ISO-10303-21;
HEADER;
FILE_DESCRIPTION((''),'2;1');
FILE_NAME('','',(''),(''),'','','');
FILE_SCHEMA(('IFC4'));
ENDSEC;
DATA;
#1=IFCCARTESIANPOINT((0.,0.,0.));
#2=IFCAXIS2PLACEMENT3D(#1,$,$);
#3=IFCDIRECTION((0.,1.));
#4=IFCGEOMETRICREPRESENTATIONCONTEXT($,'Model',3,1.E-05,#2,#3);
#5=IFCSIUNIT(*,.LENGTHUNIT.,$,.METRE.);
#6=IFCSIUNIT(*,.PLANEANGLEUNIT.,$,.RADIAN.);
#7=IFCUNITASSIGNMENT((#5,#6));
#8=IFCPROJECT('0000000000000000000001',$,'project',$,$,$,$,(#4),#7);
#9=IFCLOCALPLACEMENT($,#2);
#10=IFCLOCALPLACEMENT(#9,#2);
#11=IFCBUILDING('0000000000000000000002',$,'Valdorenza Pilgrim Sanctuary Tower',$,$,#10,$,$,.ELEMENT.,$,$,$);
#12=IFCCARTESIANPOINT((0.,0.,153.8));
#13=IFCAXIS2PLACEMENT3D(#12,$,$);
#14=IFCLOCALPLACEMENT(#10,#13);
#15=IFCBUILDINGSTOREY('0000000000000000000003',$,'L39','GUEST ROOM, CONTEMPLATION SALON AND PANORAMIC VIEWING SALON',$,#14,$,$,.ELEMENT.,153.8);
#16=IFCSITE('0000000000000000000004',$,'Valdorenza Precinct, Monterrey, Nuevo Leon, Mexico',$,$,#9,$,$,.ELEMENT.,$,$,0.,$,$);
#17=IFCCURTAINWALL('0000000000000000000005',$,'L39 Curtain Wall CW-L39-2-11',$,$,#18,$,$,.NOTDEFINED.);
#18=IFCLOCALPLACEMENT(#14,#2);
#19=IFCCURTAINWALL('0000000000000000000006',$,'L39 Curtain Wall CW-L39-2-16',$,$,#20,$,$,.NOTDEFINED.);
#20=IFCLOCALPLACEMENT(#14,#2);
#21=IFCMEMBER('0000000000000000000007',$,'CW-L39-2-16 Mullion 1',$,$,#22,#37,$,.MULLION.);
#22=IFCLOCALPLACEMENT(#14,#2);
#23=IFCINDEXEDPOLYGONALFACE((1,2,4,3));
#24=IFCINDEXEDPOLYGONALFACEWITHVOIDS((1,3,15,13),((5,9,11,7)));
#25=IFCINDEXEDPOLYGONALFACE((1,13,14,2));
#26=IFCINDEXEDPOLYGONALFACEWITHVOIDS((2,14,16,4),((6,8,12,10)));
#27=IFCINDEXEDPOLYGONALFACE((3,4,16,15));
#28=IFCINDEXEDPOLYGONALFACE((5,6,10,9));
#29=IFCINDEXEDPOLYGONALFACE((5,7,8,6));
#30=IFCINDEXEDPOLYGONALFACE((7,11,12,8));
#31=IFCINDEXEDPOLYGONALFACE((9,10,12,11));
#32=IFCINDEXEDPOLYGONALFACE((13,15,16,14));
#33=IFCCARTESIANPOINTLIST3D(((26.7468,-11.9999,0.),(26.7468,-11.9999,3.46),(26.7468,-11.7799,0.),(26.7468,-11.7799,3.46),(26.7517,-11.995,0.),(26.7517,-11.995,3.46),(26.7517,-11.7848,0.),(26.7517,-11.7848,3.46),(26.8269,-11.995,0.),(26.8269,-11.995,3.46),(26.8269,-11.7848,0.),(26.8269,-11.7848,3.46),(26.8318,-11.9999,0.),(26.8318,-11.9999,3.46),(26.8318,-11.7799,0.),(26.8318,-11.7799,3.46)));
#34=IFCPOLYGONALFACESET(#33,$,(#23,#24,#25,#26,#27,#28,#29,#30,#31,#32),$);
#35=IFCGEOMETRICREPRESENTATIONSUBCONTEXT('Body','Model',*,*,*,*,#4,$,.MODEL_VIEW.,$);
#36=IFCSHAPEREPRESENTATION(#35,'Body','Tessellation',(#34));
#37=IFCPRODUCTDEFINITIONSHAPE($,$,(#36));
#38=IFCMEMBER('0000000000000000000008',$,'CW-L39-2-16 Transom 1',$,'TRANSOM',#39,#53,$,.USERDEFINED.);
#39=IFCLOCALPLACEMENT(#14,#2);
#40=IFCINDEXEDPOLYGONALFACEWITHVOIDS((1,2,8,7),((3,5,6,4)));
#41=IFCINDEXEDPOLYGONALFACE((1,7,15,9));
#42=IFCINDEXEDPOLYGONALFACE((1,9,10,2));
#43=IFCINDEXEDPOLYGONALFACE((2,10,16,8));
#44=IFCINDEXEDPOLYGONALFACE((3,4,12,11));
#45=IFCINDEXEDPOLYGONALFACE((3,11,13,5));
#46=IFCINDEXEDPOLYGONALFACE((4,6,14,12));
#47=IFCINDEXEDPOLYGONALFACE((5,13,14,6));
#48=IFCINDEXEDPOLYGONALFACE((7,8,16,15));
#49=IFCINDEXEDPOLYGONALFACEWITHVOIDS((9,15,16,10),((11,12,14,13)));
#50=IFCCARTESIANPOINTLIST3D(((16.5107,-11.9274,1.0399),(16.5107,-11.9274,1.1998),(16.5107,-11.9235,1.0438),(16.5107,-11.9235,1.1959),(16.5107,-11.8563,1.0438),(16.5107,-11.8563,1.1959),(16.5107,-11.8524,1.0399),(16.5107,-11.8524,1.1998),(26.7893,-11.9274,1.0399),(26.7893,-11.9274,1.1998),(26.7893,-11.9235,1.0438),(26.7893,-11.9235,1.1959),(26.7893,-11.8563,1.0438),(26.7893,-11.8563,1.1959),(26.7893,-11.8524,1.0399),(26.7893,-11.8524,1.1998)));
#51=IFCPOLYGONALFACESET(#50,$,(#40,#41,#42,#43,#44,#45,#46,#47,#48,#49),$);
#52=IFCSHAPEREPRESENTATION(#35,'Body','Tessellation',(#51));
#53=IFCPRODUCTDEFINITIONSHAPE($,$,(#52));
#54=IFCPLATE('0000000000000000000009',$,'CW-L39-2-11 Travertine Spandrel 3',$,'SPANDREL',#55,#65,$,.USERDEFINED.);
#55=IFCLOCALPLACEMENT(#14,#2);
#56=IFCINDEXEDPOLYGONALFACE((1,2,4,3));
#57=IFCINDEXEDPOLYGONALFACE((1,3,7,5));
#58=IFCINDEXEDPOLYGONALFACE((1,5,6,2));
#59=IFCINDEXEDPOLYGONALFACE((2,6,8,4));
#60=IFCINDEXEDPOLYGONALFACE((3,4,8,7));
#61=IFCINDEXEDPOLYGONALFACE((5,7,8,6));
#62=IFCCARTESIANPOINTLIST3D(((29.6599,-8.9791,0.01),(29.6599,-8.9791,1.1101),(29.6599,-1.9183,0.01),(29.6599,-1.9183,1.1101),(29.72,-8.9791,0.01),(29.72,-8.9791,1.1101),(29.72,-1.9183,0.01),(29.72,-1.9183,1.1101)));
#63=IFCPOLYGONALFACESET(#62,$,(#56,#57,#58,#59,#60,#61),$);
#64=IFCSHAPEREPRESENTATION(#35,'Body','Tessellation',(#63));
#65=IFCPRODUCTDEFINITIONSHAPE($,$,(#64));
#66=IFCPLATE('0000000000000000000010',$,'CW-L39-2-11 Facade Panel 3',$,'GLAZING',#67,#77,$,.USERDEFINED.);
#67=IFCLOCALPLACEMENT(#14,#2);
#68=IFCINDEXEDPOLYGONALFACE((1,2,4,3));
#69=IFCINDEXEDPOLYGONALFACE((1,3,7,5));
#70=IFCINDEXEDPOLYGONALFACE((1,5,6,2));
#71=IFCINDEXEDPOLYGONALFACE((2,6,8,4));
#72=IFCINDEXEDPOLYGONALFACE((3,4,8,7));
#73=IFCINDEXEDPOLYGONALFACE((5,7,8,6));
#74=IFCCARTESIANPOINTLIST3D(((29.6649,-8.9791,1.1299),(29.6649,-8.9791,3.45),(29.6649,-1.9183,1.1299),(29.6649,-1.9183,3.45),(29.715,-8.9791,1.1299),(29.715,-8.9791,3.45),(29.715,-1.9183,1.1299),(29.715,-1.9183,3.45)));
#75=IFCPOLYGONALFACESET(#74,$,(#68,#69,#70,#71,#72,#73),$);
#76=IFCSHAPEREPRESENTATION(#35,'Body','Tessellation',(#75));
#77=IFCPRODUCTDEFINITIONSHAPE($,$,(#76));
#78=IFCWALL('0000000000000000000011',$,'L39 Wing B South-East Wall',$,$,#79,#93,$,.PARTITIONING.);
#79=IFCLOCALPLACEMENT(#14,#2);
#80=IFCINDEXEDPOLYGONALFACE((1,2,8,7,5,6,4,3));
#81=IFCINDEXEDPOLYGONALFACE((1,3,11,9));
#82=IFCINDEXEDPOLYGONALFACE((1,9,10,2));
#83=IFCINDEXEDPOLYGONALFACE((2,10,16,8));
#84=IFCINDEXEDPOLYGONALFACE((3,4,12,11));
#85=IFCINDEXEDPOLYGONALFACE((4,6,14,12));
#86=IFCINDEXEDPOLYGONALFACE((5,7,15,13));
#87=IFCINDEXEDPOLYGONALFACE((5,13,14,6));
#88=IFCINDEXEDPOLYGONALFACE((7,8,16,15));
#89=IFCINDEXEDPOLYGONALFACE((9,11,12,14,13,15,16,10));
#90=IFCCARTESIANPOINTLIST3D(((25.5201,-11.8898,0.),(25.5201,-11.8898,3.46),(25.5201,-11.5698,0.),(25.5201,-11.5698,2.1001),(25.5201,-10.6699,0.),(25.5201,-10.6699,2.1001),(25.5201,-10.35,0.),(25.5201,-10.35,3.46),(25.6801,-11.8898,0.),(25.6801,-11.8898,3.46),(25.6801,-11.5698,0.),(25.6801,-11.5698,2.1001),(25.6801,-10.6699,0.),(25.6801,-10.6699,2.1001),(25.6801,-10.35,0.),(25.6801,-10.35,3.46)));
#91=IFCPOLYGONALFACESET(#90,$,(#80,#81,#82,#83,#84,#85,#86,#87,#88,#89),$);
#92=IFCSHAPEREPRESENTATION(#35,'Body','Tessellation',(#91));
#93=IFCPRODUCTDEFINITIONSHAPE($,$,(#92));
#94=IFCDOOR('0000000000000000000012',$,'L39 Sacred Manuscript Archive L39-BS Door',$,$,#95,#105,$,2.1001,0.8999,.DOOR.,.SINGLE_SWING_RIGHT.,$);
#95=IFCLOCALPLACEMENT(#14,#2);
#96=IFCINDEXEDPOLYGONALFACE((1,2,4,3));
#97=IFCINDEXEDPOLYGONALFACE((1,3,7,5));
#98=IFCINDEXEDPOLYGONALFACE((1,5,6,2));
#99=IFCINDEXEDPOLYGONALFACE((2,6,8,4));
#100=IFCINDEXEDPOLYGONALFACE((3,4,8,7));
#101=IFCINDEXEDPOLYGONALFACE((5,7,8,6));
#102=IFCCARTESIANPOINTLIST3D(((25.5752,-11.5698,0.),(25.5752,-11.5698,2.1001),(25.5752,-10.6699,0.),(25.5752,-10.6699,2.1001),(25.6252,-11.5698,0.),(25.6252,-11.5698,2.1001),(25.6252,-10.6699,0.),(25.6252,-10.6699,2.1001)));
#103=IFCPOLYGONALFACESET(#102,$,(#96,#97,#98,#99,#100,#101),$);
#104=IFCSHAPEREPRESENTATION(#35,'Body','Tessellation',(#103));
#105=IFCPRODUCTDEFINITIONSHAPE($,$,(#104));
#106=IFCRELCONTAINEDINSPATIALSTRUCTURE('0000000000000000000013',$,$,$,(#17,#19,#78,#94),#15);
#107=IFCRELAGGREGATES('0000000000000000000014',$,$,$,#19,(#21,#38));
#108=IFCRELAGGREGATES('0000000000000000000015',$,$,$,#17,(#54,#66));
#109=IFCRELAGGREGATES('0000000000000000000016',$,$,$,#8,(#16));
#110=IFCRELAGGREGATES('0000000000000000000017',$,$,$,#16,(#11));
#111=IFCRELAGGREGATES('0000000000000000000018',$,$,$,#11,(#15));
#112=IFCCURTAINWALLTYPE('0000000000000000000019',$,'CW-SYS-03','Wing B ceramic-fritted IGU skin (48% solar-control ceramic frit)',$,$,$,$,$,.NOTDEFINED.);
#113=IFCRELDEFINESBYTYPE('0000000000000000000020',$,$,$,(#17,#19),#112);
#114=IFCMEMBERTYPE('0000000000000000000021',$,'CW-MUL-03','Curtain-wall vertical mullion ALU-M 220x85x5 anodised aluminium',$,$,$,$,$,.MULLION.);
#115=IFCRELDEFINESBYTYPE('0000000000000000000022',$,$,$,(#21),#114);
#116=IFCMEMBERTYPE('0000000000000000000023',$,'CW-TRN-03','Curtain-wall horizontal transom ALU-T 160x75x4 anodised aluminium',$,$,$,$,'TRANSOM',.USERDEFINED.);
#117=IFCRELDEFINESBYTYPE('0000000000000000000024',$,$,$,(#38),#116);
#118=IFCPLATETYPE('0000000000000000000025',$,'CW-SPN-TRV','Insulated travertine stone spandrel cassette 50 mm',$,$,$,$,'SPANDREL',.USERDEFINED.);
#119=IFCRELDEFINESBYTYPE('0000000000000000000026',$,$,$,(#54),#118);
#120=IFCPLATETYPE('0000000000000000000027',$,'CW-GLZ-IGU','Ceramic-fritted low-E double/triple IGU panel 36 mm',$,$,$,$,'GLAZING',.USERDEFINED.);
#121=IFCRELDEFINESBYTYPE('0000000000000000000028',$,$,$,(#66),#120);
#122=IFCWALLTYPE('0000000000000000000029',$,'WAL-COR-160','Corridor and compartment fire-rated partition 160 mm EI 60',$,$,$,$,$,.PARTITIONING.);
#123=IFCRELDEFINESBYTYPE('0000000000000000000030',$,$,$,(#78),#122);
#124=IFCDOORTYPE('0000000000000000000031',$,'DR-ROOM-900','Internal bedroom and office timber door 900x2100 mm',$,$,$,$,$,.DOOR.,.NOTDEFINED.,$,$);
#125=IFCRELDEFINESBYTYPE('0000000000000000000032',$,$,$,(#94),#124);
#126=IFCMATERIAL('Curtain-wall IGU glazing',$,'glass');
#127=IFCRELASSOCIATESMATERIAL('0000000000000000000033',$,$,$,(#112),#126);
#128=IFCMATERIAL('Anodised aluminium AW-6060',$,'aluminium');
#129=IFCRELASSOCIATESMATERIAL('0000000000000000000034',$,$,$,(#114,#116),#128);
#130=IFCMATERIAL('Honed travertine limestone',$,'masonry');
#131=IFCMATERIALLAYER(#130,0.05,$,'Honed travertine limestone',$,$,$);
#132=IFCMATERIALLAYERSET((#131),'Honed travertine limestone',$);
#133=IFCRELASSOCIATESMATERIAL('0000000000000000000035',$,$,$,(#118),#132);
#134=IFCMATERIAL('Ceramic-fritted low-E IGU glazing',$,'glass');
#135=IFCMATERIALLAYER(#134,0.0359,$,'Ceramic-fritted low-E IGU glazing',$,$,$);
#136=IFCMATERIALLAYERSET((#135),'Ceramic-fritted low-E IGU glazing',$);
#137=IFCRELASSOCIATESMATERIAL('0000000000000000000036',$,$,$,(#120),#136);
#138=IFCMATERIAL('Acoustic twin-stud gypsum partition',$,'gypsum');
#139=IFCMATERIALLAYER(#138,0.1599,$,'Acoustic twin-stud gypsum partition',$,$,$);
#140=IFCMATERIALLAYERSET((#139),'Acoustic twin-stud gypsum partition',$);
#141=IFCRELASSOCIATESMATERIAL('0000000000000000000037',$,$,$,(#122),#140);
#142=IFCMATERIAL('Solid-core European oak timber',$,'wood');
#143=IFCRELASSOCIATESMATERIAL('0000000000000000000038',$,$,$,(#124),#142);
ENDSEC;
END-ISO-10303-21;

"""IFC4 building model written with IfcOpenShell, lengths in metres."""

from ifc_helpers import new_model, si_unit, direction, frame, frame_2d, origin, origin_2d, place, context, subcontext, project, spatial, rectangle, hollow_rectangle, extrude, source, transform, mapped, material, layer, layer_set, material_profile, profile_set, type_object, element, fill, aggregate, save


model = new_model("IFC4")

# Units and contexts
model_context = context("Model", 3, precision=1e-05, world=origin(), true_north=direction((0.0, 1.0)))
body_context = subcontext(model_context, "Body", "Model", "MODEL_VIEW")
ifc_project = project(units=[si_unit("LENGTHUNIT", "METRE"), si_unit("PLANEANGLEUNIT", "RADIAN")], contexts=[model_context])

# Site, building, storey
site_placement = place(None, origin())
site = spatial("IfcSite", under=ifc_project, at=site_placement, Name="Valdorenza Precinct, Monterrey, Nuevo Leon, Mexico", CompositionType="ELEMENT", RefElevation=0.0)
building_placement = place(site_placement, origin())
building = spatial("IfcBuilding", under=site, at=building_placement, Name="Valdorenza Pilgrim Sanctuary Tower", CompositionType="ELEMENT")
storey_placement = place(building_placement, frame((0.0, 0.0, 153.8)))
storey = spatial("IfcBuildingStorey", under=building, at=storey_placement, Name="L39", Description="GUEST ROOM, CONTEMPLATION SALON AND PANORAMIC VIEWING SALON", CompositionType="ELEMENT", Elevation=153.8)

# Curtain walls, members
ifc_material_1 = material(Name="Curtain-wall IGU glazing", Category="glass")
curtain_wall_type = type_object("IfcCurtainWallType", Name="CW-SYS-03", Description="Wing B ceramic-fritted IGU skin (48% solar-control ceramic frit)", PredefinedType="NOTDEFINED", material=ifc_material_1)
curtain_wall_1_placement = place(storey_placement, origin())
curtain_wall_1 = element("IfcCurtainWall", 1, at=curtain_wall_1_placement, inside=storey, type_object=curtain_wall_type, Name="L39 Curtain Wall CW-L39-2-11", PredefinedType="NOTDEFINED")
ifc_material_2 = material(Name="Anodised aluminium AW-6060", Category="aluminium")
ifc_material_profile_1 = material_profile(ifc_material_2, hollow_rectangle(XDim=0.085, YDim=0.22, WallThickness=0.0049, at=origin_2d()), Name="ALU-M 220x85x5")
ifc_profile_set_1 = profile_set([ifc_material_profile_1], Name="Anodised aluminium AW-6060")
member_type_1 = type_object("IfcMemberType", Name="CW-MUL-03", Description="Curtain-wall vertical mullion ALU-M 220x85x5 anodised aluminium", PredefinedType="MULLION", material=ifc_profile_set_1)
shared_shape_1 = source(origin(), body_context, "Body", "SweptSolid", [
    extrude(hollow_rectangle(XDim=0.085, YDim=0.22, WallThickness=0.0049, at=origin_2d()), origin(), (0.0, 0.0, 1.0), 3.46),
])
curtain_wall_2_placement = place(storey_placement, origin())
curtain_wall_2 = element("IfcCurtainWall", 2, at=curtain_wall_2_placement, inside=storey, type_object=curtain_wall_type, Name="L39 Curtain Wall CW-L39-2-16", PredefinedType="NOTDEFINED")
member_1_placement = place(storey_placement, frame((26.7893, -11.8899, 0.0), z_axis=(0.0, 0.0, 1.0), x_axis=(-1.0, 0.0, 0.0)))
member_1 = element("IfcMember", 3, at=member_1_placement, type_object=member_type_1, Name="CW-L39-2-16 Mullion 1", PredefinedType="MULLION", context=body_context, shape_type="MappedRepresentation", body=[
    mapped(shared_shape_1, transform((0.0, 0.0, 0.0), x_axis=(1.0, 0.0, 0.0), y_axis=(0.0, 1.0, 0.0), z_axis=(0.0, 0.0, 1.0), scale=1.0)),
])
ifc_material_profile_2 = material_profile(ifc_material_2, hollow_rectangle(XDim=0.075, YDim=0.1599, WallThickness=0.0039, at=origin_2d()), Name="ALU-T 160x75x4")
ifc_profile_set_2 = profile_set([ifc_material_profile_2], Name="Anodised aluminium AW-6060")
member_type_2 = type_object("IfcMemberType", Name="CW-TRN-03", Description="Curtain-wall horizontal transom ALU-T 160x75x4 anodised aluminium", ElementType="TRANSOM", PredefinedType="USERDEFINED", material=ifc_profile_set_2)
shared_shape_2 = source(origin(), body_context, "Body", "SweptSolid", [
    extrude(hollow_rectangle(XDim=0.075, YDim=0.1599, WallThickness=0.0039, at=origin_2d()), origin(), (0.0, 0.0, 1.0), 10.2786),
])
member_2_placement = place(storey_placement, frame((26.7893, -11.8899, 1.1199), z_axis=(-1.0, 0.0, 0.0), x_axis=(0.0, -1.0, 0.0)))
member_2 = element("IfcMember", 4, at=member_2_placement, type_object=member_type_2, Name="CW-L39-2-16 Transom 1", ObjectType="TRANSOM", PredefinedType="USERDEFINED", context=body_context, shape_type="MappedRepresentation", body=[
    mapped(shared_shape_2, transform((0.0, 0.0, 0.0), x_axis=(1.0, 0.0, 0.0), y_axis=(0.0, 1.0, 0.0), z_axis=(0.0, 0.0, 1.0), scale=1.0)),
])
aggregate(curtain_wall_2, [member_1, member_2])

# Plates
ifc_material_3 = material(Name="Honed travertine limestone", Category="masonry")
ifc_layer_1 = layer(ifc_material_3, 0.05, Name="Honed travertine limestone")
ifc_layer_set_1 = layer_set([ifc_layer_1], Name="Honed travertine limestone")
plate_type_1 = type_object("IfcPlateType", Name="CW-SPN-TRV", Description="Insulated travertine stone spandrel cassette 50 mm", ElementType="SPANDREL", PredefinedType="USERDEFINED", material=ifc_layer_set_1)
shared_shape_3 = source(origin(), body_context, "Body", "SweptSolid", [
    extrude(rectangle(XDim=7.0608, YDim=0.0601, at=origin_2d()), origin(), (0.0, 0.0, 1.0), 1.1001),
])
plate_1_placement = place(storey_placement, frame((29.6899, -5.4487, 0.01), z_axis=(0.0, 0.0, 1.0), x_axis=(0.0, -1.0, 0.0)))
plate_1 = element("IfcPlate", 5, at=plate_1_placement, type_object=plate_type_1, Name="CW-L39-2-11 Travertine Spandrel 3", ObjectType="SPANDREL", PredefinedType="USERDEFINED", context=body_context, shape_type="MappedRepresentation", body=[
    mapped(shared_shape_3, transform((0.0, 0.0, 0.0), x_axis=(1.0, 0.0, 0.0), y_axis=(0.0, 1.0, 0.0), z_axis=(0.0, 0.0, 1.0), scale=1.0)),
])
ifc_material_4 = material(Name="Ceramic-fritted low-E IGU glazing", Category="glass")
ifc_layer_2 = layer(ifc_material_4, 0.0359, Name="Ceramic-fritted low-E IGU glazing")
ifc_layer_set_2 = layer_set([ifc_layer_2], Name="Ceramic-fritted low-E IGU glazing")
plate_type_2 = type_object("IfcPlateType", Name="CW-GLZ-IGU", Description="Ceramic-fritted low-E double/triple IGU panel 36 mm", ElementType="GLAZING", PredefinedType="USERDEFINED", material=ifc_layer_set_2)
shared_shape_4 = source(origin(), body_context, "Body", "SweptSolid", [
    extrude(rectangle(XDim=7.0608, YDim=0.05, at=origin_2d()), origin(), (0.0, 0.0, 1.0), 2.3201),
])
plate_2_placement = place(storey_placement, frame((29.6899, -5.4487, 1.1299), z_axis=(0.0, 0.0, 1.0), x_axis=(0.0, -1.0, 0.0)))
plate_2 = element("IfcPlate", 6, at=plate_2_placement, type_object=plate_type_2, Name="CW-L39-2-11 Facade Panel 3", ObjectType="GLAZING", PredefinedType="USERDEFINED", context=body_context, shape_type="MappedRepresentation", body=[
    mapped(shared_shape_4, transform((0.0, 0.0, 0.0), x_axis=(1.0, 0.0, 0.0), y_axis=(0.0, 1.0, 0.0), z_axis=(0.0, 0.0, 1.0), scale=1.0)),
])
aggregate(curtain_wall_1, [plate_1, plate_2])

# Wall, opening, door
ifc_material_5 = material(Name="Acoustic twin-stud gypsum partition", Category="gypsum")
ifc_layer_3 = layer(ifc_material_5, 0.1599, Name="Acoustic twin-stud gypsum partition")
ifc_layer_set_3 = layer_set([ifc_layer_3], Name="Acoustic twin-stud gypsum partition")
wall_type_1 = type_object("IfcWallType", Name="WAL-COR-160", Description="Corridor and compartment fire-rated partition 160 mm EI 60", PredefinedType="PARTITIONING", material=ifc_layer_set_3)
wall_1_placement = place(storey_placement, frame((25.6001, -11.8899, 0.0), z_axis=(0.0, 0.0, 1.0), x_axis=(0.0, 1.0, 0.0)))
wall_1 = element("IfcWall", 7, at=wall_1_placement, inside=storey, type_object=wall_type_1, Name="L39 Wing B South-East Wall", PredefinedType="PARTITIONING", context=body_context, shape_type="SweptSolid", body=[
    extrude(rectangle(XDim=1.5398, YDim=0.1599, at=frame_2d((0.77, 0.0))), origin(), (0.0, 0.0, 1.0), 3.46),
])
opening_1_placement = place(wall_1_placement, frame((0.3201, 0.0, 0.0)))
opening_1 = element("IfcOpeningElement", 8, at=opening_1_placement, cuts=wall_1, PredefinedType="OPENING", context=body_context, shape_type="SweptSolid", body=[
    extrude(rectangle(XDim=0.8999, YDim=2.1001, at=frame_2d((0.45, 1.05))), frame((0.0, 0.0947, 0.0), z_axis=(0.0, -1.0, 0.0), x_axis=(1.0, 0.0, 0.0)), (0.0, 0.0, 1.0), 0.1897),
])
ifc_material_6 = material(Name="Solid-core European oak timber", Category="wood")
door_type = type_object("IfcDoorType", Name="DR-ROOM-900", Description="Internal bedroom and office timber door 900x2100 mm", OperationType="NOTDEFINED", PredefinedType="DOOR", material=ifc_material_6)
door_1_placement = place(opening_1_placement, origin())
door_1 = element("IfcDoor", 9, at=door_1_placement, inside=storey, type_object=door_type, Name="L39 Sacred Manuscript Archive L39-BS Door", OperationType="SINGLE_SWING_RIGHT", OverallHeight=2.1001, OverallWidth=0.8999, PredefinedType="DOOR", context=body_context, shape_type="SweptSolid", body=[
    extrude(rectangle(XDim=0.8999, YDim=2.1001, at=frame_2d((0.45, 1.05))), frame((0.0, 0.0249, 0.0), z_axis=(0.0, -1.0, 0.0), x_axis=(1.0, 0.0, 0.0)), (0.0, 0.0, 1.0), 0.05),
])
fill(opening_1, door_1)

save(model, "model.ifc")
